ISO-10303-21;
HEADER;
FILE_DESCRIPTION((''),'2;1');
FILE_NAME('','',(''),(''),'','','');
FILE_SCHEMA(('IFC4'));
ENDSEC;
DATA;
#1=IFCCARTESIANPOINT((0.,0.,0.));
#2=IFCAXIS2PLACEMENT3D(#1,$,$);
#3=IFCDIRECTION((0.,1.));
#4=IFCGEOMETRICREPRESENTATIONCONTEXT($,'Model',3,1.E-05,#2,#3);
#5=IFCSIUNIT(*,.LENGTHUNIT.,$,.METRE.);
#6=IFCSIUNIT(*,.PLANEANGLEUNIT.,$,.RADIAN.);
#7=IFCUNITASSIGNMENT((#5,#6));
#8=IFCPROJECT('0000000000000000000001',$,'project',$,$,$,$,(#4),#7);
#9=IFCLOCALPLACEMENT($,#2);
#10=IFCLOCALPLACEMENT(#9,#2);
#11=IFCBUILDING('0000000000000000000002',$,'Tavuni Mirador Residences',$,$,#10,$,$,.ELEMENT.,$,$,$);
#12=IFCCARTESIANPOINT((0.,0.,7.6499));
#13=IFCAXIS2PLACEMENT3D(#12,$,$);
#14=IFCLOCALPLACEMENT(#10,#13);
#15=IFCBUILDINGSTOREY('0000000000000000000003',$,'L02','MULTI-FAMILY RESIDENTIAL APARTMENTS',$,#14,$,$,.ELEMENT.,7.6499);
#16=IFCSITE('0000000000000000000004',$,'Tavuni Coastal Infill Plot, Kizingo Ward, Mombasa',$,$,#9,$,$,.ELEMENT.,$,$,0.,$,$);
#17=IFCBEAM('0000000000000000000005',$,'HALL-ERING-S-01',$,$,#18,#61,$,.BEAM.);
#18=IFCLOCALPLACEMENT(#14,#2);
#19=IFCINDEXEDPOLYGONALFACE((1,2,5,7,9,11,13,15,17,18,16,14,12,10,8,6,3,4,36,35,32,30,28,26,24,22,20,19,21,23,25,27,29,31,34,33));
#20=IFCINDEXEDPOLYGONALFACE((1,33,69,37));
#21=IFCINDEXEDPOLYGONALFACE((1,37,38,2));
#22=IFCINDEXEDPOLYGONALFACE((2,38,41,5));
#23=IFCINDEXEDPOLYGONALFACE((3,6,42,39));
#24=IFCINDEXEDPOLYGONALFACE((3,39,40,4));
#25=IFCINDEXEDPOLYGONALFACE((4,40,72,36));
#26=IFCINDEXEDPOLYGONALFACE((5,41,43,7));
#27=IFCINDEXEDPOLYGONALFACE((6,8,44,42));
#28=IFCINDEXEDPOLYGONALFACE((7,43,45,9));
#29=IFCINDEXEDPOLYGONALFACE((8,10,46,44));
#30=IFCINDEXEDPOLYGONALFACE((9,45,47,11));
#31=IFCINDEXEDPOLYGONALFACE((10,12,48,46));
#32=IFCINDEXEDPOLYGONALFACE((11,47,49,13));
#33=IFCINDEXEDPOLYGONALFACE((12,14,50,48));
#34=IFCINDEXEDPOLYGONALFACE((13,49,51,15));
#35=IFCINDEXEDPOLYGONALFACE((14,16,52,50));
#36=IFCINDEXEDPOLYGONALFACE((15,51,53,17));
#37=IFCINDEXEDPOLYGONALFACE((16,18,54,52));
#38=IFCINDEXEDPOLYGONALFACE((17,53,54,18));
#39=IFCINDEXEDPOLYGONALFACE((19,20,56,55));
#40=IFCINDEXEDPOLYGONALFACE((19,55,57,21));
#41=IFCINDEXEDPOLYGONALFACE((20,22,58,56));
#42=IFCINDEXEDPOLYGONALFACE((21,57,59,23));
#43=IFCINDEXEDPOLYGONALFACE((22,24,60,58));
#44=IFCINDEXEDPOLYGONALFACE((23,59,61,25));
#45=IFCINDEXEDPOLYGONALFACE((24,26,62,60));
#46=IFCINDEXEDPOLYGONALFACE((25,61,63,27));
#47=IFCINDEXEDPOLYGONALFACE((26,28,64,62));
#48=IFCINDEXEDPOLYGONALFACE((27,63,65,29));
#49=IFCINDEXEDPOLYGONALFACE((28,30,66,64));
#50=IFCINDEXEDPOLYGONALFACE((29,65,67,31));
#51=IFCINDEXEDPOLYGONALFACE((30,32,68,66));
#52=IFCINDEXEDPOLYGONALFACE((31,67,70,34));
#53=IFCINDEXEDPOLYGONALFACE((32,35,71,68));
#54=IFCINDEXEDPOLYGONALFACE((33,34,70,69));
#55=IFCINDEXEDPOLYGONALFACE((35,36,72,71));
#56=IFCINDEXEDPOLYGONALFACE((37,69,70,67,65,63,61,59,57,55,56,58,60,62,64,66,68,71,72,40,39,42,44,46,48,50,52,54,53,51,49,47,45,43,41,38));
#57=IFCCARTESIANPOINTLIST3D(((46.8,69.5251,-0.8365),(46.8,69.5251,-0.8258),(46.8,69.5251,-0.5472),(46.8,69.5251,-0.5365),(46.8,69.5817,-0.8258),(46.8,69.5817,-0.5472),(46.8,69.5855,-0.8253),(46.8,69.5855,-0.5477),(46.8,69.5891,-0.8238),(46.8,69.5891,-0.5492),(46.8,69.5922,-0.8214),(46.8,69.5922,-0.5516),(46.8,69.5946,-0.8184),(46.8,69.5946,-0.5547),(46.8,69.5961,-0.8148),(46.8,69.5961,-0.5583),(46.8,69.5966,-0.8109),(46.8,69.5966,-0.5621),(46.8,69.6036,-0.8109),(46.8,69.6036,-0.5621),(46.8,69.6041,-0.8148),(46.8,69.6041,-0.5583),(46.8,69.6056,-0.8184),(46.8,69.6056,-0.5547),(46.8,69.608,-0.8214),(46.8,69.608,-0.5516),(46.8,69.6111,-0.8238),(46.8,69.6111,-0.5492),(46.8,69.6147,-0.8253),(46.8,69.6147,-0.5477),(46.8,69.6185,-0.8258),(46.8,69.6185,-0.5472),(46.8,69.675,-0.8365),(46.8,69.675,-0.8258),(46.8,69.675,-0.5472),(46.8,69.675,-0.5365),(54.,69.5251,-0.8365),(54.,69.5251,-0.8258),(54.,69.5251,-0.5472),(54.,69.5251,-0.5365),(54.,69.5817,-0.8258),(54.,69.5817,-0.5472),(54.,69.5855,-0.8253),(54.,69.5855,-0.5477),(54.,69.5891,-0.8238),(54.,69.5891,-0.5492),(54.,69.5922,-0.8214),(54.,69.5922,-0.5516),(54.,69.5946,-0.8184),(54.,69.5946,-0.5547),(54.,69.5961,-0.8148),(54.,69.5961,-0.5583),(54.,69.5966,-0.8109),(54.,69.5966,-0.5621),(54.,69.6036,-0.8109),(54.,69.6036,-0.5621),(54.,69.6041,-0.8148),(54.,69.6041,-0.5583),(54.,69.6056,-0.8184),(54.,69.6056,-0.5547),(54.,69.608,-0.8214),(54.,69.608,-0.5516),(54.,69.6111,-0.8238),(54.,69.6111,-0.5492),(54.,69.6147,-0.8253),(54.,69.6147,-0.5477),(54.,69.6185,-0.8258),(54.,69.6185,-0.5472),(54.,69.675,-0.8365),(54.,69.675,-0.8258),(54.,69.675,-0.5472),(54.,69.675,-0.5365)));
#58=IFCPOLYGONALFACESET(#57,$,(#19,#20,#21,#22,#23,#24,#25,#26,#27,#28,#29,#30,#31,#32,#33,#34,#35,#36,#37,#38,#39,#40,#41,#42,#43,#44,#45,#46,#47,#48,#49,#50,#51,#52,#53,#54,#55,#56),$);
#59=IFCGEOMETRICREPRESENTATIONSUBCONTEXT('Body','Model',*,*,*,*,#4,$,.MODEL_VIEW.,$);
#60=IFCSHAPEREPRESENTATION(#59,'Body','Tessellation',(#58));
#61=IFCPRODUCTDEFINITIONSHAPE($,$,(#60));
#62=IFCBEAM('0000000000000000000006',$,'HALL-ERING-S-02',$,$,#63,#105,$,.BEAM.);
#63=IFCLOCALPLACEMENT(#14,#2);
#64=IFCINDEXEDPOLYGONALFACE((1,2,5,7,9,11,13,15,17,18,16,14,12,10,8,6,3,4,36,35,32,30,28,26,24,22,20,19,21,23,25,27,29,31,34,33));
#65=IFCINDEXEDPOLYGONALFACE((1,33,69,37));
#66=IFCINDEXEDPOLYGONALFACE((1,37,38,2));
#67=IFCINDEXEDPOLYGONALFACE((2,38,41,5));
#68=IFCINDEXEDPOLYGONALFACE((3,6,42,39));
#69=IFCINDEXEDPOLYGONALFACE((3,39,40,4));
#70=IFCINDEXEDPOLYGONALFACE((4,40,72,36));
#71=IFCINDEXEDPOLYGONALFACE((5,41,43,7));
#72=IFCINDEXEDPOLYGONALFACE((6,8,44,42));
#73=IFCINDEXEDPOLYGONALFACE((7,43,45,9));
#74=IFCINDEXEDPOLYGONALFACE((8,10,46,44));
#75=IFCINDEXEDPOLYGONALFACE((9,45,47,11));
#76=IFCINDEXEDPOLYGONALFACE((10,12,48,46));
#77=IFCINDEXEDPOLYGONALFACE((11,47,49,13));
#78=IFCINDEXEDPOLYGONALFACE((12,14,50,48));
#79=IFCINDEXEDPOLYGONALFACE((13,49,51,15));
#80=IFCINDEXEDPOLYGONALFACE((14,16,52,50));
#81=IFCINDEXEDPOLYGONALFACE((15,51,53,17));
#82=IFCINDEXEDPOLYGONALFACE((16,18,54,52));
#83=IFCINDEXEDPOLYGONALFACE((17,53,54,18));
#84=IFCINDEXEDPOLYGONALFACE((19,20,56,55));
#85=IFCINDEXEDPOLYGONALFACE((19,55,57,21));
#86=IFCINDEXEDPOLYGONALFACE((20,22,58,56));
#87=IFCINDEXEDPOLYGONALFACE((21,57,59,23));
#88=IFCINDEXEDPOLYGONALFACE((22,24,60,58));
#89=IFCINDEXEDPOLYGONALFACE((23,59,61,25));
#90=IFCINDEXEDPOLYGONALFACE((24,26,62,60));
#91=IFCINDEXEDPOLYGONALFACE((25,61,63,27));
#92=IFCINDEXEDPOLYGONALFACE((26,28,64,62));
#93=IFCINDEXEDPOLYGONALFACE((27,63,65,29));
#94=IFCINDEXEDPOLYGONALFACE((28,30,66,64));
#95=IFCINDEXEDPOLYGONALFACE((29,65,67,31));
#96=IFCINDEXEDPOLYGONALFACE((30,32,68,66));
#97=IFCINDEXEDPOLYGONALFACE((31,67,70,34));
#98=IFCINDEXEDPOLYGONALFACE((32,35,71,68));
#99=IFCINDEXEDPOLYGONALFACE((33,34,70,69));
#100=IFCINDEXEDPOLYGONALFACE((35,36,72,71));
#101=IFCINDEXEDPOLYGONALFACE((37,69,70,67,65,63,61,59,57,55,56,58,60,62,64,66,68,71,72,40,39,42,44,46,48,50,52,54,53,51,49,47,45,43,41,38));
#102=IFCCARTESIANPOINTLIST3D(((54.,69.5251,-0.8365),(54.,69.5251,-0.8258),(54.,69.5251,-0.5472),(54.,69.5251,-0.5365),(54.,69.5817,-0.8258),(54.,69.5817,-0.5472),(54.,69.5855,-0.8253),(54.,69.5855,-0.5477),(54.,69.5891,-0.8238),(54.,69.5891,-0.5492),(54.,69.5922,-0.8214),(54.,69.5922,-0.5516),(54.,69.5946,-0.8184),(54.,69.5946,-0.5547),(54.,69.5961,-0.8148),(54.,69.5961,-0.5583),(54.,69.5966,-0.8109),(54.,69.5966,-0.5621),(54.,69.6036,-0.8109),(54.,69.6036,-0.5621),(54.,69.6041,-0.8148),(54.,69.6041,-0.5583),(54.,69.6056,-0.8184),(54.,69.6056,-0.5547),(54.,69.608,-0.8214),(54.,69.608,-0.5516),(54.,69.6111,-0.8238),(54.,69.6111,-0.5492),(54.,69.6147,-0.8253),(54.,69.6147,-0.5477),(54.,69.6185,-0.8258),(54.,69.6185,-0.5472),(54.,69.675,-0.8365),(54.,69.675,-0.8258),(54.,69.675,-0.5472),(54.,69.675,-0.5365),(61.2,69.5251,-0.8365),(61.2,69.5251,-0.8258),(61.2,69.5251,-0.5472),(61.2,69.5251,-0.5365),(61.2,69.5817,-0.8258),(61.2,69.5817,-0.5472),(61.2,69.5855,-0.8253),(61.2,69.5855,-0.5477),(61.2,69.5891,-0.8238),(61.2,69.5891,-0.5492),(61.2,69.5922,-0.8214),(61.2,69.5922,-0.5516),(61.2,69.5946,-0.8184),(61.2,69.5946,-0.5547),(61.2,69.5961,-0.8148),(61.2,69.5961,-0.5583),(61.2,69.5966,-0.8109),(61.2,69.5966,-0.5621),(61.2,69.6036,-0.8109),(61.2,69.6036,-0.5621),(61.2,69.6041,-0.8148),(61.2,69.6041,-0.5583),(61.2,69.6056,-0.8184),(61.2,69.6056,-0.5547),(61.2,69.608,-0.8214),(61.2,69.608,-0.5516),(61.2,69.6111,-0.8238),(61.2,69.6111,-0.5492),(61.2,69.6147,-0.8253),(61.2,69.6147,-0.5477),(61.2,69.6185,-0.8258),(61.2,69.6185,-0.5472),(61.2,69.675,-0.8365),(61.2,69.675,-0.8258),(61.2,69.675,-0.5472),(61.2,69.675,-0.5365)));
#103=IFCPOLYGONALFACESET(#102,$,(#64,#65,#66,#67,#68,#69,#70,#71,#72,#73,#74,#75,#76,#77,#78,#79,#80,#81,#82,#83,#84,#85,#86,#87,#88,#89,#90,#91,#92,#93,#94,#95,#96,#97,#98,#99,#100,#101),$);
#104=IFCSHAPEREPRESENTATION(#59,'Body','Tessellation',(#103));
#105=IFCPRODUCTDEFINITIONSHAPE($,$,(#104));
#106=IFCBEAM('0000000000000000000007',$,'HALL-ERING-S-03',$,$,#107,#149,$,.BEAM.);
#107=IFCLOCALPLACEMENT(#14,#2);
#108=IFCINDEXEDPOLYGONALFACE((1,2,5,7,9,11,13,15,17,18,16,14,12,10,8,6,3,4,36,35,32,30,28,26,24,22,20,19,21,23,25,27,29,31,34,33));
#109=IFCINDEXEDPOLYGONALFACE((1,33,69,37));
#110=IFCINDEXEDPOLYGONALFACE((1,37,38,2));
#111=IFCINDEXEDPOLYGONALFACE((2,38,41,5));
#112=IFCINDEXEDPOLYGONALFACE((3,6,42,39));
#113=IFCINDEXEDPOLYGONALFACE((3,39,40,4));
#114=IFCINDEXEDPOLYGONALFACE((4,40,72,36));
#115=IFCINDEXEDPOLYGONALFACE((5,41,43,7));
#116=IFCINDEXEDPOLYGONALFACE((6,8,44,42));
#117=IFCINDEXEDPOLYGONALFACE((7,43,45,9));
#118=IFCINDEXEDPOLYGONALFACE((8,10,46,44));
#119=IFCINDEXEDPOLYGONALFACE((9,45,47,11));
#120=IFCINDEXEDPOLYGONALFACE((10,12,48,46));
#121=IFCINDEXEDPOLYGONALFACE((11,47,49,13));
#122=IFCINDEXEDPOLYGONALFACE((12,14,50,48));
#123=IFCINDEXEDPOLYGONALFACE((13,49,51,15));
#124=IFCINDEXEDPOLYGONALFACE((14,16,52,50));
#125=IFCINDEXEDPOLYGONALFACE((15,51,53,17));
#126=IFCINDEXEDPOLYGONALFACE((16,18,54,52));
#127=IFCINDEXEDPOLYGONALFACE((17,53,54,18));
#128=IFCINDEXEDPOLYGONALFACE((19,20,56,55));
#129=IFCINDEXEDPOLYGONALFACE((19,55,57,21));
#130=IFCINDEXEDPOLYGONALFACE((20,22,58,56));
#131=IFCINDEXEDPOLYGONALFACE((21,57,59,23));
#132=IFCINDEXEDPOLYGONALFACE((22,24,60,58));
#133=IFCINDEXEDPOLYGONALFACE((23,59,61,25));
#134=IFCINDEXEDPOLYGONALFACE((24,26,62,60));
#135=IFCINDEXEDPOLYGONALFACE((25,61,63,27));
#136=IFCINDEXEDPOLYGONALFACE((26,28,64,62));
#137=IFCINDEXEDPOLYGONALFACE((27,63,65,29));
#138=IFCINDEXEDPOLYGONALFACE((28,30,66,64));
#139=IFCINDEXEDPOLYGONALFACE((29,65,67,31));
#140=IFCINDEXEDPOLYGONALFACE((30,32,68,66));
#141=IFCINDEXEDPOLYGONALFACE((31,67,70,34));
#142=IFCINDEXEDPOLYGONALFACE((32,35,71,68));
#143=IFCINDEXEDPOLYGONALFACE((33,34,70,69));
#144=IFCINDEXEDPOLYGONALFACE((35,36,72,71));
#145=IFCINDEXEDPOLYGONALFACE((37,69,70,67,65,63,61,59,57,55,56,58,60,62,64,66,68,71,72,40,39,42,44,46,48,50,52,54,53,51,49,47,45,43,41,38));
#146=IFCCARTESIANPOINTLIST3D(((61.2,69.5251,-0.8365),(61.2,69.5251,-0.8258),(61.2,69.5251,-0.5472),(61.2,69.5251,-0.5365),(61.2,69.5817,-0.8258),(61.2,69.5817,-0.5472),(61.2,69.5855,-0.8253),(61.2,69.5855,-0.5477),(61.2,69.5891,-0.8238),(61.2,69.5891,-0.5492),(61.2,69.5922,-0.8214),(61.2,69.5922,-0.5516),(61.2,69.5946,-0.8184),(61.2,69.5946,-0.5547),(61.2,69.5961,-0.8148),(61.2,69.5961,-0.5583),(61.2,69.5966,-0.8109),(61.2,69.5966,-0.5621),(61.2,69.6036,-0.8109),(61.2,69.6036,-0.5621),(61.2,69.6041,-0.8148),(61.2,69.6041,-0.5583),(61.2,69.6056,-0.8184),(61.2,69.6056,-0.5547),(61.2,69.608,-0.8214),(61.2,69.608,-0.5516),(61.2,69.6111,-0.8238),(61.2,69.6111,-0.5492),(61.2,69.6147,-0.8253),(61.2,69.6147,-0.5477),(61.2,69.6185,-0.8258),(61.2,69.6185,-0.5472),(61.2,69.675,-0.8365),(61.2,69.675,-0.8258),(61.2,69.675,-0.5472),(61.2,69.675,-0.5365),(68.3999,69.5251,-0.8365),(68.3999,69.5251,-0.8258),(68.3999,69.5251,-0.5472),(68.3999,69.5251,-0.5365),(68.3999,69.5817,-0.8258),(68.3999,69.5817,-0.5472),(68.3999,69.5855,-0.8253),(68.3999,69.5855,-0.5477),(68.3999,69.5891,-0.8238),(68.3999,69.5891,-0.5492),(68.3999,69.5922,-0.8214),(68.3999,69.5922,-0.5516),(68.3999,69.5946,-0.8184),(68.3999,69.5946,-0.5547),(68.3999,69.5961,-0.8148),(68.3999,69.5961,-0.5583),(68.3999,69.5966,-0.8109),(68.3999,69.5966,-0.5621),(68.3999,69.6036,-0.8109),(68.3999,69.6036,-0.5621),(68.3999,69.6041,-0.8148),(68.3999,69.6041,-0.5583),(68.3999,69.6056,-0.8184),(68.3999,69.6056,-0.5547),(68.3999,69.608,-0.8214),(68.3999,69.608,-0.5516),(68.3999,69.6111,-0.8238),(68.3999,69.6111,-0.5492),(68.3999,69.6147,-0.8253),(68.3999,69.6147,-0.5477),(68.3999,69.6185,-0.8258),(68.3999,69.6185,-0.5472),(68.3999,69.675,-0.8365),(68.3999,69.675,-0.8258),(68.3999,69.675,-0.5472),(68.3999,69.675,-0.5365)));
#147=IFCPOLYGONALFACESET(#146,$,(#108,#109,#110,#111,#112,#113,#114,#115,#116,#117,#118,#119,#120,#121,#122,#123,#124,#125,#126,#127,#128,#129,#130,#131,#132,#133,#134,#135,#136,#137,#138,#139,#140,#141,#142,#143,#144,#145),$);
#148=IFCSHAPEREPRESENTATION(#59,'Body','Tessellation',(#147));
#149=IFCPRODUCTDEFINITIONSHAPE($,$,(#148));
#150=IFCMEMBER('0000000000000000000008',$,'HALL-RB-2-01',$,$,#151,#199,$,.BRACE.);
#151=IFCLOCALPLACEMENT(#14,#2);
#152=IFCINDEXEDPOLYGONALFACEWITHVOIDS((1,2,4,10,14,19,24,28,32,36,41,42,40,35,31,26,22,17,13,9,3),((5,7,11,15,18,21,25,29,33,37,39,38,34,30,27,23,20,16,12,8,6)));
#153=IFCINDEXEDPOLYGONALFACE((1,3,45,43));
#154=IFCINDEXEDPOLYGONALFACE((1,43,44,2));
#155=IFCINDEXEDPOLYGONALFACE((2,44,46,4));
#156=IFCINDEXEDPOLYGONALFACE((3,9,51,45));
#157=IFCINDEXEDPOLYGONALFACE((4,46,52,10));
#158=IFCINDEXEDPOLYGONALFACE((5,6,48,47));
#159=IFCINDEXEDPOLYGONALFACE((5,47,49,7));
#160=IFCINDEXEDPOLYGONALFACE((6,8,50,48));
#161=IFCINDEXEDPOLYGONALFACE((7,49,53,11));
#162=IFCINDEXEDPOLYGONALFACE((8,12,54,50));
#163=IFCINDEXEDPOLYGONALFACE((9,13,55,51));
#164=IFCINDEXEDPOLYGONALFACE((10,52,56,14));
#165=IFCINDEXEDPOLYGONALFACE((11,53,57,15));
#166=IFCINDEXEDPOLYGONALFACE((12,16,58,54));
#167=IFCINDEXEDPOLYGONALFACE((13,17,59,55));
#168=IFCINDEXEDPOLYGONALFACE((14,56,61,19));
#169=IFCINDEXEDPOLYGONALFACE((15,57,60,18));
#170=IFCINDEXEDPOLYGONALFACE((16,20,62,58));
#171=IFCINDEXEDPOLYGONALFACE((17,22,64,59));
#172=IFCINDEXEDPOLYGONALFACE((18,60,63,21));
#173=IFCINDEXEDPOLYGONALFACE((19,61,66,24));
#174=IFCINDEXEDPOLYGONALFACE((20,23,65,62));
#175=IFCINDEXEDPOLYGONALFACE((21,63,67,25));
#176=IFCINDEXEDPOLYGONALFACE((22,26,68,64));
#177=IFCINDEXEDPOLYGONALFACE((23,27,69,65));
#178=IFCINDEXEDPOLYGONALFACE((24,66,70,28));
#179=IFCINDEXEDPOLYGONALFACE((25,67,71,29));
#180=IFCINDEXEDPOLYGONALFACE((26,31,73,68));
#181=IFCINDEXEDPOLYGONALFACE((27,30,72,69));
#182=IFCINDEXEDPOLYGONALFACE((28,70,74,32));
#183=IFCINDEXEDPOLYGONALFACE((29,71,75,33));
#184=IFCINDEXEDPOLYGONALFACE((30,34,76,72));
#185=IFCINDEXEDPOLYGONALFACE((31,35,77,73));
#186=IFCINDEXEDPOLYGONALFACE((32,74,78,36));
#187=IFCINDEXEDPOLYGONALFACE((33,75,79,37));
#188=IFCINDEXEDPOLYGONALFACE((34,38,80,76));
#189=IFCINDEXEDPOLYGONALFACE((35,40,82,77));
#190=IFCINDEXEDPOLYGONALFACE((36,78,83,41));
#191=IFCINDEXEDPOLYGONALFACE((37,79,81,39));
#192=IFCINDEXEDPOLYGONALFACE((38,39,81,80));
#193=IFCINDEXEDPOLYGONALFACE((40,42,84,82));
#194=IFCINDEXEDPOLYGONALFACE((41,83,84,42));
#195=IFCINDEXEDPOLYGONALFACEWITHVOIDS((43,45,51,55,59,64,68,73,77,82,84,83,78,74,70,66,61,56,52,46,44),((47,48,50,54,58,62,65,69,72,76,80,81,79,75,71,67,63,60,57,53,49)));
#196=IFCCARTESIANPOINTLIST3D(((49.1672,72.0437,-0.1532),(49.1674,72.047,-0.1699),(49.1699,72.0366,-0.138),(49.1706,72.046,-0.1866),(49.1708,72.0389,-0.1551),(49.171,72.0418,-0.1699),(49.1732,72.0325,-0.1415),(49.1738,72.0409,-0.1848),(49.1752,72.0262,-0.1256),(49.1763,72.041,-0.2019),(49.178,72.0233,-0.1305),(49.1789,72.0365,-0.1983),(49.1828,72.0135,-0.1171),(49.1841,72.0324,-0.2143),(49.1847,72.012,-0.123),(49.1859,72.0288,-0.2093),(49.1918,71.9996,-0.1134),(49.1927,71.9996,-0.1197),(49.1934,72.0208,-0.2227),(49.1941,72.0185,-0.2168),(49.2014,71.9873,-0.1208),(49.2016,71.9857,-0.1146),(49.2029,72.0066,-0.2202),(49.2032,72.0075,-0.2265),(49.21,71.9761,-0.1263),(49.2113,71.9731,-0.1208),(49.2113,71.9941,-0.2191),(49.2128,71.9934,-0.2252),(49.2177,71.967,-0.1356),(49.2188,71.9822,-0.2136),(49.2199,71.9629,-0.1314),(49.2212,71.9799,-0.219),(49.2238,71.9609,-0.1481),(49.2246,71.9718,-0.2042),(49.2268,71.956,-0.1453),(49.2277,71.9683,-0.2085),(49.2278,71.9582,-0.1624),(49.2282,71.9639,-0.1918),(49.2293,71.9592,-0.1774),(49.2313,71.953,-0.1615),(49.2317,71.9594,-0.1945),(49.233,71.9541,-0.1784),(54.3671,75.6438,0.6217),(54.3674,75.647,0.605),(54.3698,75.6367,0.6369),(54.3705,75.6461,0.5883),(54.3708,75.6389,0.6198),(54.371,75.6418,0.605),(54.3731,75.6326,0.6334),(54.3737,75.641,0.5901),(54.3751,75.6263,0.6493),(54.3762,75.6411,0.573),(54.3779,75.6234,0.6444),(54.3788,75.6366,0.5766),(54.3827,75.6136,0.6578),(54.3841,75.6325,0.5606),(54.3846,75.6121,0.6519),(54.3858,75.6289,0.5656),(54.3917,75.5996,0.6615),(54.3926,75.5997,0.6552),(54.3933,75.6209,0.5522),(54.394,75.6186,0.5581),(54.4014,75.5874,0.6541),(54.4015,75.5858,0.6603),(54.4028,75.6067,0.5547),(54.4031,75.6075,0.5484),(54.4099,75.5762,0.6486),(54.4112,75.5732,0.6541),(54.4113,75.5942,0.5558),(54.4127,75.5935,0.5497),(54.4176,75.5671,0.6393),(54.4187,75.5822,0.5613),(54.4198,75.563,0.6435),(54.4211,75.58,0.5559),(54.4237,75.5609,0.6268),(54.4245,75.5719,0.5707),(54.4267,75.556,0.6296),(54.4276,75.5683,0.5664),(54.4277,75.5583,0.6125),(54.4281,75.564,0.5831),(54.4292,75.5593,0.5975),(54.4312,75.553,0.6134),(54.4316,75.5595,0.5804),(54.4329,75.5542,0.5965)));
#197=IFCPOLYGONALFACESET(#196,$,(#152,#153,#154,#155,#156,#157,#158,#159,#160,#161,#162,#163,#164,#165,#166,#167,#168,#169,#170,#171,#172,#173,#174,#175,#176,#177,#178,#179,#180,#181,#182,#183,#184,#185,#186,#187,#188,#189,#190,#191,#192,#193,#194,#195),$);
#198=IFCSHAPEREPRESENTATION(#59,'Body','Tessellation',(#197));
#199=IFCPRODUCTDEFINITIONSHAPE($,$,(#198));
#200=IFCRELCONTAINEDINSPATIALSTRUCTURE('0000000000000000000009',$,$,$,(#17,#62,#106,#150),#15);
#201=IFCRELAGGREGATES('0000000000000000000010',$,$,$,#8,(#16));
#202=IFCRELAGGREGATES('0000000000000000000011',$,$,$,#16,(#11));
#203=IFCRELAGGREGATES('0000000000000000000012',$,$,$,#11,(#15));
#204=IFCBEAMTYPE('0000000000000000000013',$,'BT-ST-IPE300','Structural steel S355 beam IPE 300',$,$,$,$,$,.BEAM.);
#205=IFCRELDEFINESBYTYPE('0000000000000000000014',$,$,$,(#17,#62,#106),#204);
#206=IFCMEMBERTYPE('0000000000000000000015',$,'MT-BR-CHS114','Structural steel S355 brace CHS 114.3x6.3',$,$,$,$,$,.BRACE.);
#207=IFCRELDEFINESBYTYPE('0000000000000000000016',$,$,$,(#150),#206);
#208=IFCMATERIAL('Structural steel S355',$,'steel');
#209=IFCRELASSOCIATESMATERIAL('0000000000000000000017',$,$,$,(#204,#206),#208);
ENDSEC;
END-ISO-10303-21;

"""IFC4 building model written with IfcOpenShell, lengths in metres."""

from ifc_helpers import new_model, si_unit, direction, frame, origin, origin_2d, place, context, subcontext, project, spatial, hollow_circle, i_section, extrude, material, material_profile, profile_set, type_object, element, save


model = new_model("IFC4")

# Units and contexts
model_context = context("Model", 3, precision=1e-05, world=origin(), true_north=direction((0.0, 1.0)))
body_context = subcontext(model_context, "Body", "Model", "MODEL_VIEW")
ifc_project = project(units=[si_unit("LENGTHUNIT", "METRE"), si_unit("PLANEANGLEUNIT", "RADIAN")], contexts=[model_context])

# Site, building, storey
site_placement = place(None, origin())
site = spatial("IfcSite", under=ifc_project, at=site_placement, Name="Tavuni Coastal Infill Plot, Kizingo Ward, Mombasa", CompositionType="ELEMENT", RefElevation=0.0)
building_placement = place(site_placement, origin())
building = spatial("IfcBuilding", under=site, at=building_placement, Name="Tavuni Mirador Residences", CompositionType="ELEMENT")
storey_placement = place(building_placement, frame((0.0, 0.0, 7.6499)))
storey = spatial("IfcBuildingStorey", under=building, at=storey_placement, Name="L02", Description="MULTI-FAMILY RESIDENTIAL APARTMENTS", CompositionType="ELEMENT", Elevation=7.6499)

# Beams
ifc_material_1 = material(Name="Structural steel S355", Category="steel")
ifc_material_profile_1 = material_profile(ifc_material_1, i_section(OverallWidth=0.1499, OverallDepth=0.3, WebThickness=0.0071, FlangeThickness=0.0107, FilletRadius=0.0149, at=origin_2d()), Name="IPE 300", Category="steel")
ifc_profile_set_1 = profile_set([ifc_material_profile_1], Name="Structural steel S355")
beam_type = type_object("IfcBeamType", Name="BT-ST-IPE300", Description="Structural steel S355 beam IPE 300", PredefinedType="BEAM", material=ifc_profile_set_1)
for number, where, z_axis, x_axis, name in (
    (1, (46.8, 69.6001, -0.6865), (1.0, 0.0, 0.0), (0.0, 1.0, 0.0), "HALL-ERING-S-01"),
    (2, (54.0, 69.6001, -0.6865), (1.0, 0.0, 0.0), (0.0, 1.0, 0.0), "HALL-ERING-S-02"),
    (3, (61.2, 69.6001, -0.6865), (1.0, 0.0, 0.0), (0.0, 1.0, 0.0), "HALL-ERING-S-03"),
):
    element("IfcBeam", number, at=place(storey_placement, frame(where, z_axis=z_axis, x_axis=x_axis)), inside=storey, type_object=beam_type, Name=name, PredefinedType="BEAM", context=body_context, shape_type="SweptSolid", body=[
        extrude(i_section(OverallWidth=0.1499, OverallDepth=0.3, WebThickness=0.0071, FlangeThickness=0.0107, FilletRadius=0.0149, at=origin_2d()), origin(), (0.0, 0.0, 1.0), 7.2),
    ])

# Member
ifc_material_profile_2 = material_profile(ifc_material_1, hollow_circle(Radius=0.0571, WallThickness=0.0063, at=origin_2d()), Name="CHS 114.3x6.3", Category="steel")
ifc_profile_set_2 = profile_set([ifc_material_profile_2], Name="Structural steel S355")
member_type_1 = type_object("IfcMemberType", Name="MT-BR-CHS114", Description="Structural steel S355 brace CHS 114.3x6.3", PredefinedType="BRACE", material=ifc_profile_set_2)
member_1_placement = place(storey_placement, frame((49.2, 72.0, -0.1699), z_axis=(0.81608, 0.564999, 0.121613), x_axis=(-0.569224, 0.822182, 0.0)))
element("IfcMember", 4, at=member_1_placement, inside=storey, type_object=member_type_1, Name="HALL-RB-2-01", PredefinedType="BRACE", context=body_context, shape_type="SweptSolid", body=[
    extrude(hollow_circle(Radius=0.0571, WallThickness=0.0063, at=origin_2d()), origin(), (0.0, 0.0, 1.0), 6.3718),
])

save(model, "model.ifc")
